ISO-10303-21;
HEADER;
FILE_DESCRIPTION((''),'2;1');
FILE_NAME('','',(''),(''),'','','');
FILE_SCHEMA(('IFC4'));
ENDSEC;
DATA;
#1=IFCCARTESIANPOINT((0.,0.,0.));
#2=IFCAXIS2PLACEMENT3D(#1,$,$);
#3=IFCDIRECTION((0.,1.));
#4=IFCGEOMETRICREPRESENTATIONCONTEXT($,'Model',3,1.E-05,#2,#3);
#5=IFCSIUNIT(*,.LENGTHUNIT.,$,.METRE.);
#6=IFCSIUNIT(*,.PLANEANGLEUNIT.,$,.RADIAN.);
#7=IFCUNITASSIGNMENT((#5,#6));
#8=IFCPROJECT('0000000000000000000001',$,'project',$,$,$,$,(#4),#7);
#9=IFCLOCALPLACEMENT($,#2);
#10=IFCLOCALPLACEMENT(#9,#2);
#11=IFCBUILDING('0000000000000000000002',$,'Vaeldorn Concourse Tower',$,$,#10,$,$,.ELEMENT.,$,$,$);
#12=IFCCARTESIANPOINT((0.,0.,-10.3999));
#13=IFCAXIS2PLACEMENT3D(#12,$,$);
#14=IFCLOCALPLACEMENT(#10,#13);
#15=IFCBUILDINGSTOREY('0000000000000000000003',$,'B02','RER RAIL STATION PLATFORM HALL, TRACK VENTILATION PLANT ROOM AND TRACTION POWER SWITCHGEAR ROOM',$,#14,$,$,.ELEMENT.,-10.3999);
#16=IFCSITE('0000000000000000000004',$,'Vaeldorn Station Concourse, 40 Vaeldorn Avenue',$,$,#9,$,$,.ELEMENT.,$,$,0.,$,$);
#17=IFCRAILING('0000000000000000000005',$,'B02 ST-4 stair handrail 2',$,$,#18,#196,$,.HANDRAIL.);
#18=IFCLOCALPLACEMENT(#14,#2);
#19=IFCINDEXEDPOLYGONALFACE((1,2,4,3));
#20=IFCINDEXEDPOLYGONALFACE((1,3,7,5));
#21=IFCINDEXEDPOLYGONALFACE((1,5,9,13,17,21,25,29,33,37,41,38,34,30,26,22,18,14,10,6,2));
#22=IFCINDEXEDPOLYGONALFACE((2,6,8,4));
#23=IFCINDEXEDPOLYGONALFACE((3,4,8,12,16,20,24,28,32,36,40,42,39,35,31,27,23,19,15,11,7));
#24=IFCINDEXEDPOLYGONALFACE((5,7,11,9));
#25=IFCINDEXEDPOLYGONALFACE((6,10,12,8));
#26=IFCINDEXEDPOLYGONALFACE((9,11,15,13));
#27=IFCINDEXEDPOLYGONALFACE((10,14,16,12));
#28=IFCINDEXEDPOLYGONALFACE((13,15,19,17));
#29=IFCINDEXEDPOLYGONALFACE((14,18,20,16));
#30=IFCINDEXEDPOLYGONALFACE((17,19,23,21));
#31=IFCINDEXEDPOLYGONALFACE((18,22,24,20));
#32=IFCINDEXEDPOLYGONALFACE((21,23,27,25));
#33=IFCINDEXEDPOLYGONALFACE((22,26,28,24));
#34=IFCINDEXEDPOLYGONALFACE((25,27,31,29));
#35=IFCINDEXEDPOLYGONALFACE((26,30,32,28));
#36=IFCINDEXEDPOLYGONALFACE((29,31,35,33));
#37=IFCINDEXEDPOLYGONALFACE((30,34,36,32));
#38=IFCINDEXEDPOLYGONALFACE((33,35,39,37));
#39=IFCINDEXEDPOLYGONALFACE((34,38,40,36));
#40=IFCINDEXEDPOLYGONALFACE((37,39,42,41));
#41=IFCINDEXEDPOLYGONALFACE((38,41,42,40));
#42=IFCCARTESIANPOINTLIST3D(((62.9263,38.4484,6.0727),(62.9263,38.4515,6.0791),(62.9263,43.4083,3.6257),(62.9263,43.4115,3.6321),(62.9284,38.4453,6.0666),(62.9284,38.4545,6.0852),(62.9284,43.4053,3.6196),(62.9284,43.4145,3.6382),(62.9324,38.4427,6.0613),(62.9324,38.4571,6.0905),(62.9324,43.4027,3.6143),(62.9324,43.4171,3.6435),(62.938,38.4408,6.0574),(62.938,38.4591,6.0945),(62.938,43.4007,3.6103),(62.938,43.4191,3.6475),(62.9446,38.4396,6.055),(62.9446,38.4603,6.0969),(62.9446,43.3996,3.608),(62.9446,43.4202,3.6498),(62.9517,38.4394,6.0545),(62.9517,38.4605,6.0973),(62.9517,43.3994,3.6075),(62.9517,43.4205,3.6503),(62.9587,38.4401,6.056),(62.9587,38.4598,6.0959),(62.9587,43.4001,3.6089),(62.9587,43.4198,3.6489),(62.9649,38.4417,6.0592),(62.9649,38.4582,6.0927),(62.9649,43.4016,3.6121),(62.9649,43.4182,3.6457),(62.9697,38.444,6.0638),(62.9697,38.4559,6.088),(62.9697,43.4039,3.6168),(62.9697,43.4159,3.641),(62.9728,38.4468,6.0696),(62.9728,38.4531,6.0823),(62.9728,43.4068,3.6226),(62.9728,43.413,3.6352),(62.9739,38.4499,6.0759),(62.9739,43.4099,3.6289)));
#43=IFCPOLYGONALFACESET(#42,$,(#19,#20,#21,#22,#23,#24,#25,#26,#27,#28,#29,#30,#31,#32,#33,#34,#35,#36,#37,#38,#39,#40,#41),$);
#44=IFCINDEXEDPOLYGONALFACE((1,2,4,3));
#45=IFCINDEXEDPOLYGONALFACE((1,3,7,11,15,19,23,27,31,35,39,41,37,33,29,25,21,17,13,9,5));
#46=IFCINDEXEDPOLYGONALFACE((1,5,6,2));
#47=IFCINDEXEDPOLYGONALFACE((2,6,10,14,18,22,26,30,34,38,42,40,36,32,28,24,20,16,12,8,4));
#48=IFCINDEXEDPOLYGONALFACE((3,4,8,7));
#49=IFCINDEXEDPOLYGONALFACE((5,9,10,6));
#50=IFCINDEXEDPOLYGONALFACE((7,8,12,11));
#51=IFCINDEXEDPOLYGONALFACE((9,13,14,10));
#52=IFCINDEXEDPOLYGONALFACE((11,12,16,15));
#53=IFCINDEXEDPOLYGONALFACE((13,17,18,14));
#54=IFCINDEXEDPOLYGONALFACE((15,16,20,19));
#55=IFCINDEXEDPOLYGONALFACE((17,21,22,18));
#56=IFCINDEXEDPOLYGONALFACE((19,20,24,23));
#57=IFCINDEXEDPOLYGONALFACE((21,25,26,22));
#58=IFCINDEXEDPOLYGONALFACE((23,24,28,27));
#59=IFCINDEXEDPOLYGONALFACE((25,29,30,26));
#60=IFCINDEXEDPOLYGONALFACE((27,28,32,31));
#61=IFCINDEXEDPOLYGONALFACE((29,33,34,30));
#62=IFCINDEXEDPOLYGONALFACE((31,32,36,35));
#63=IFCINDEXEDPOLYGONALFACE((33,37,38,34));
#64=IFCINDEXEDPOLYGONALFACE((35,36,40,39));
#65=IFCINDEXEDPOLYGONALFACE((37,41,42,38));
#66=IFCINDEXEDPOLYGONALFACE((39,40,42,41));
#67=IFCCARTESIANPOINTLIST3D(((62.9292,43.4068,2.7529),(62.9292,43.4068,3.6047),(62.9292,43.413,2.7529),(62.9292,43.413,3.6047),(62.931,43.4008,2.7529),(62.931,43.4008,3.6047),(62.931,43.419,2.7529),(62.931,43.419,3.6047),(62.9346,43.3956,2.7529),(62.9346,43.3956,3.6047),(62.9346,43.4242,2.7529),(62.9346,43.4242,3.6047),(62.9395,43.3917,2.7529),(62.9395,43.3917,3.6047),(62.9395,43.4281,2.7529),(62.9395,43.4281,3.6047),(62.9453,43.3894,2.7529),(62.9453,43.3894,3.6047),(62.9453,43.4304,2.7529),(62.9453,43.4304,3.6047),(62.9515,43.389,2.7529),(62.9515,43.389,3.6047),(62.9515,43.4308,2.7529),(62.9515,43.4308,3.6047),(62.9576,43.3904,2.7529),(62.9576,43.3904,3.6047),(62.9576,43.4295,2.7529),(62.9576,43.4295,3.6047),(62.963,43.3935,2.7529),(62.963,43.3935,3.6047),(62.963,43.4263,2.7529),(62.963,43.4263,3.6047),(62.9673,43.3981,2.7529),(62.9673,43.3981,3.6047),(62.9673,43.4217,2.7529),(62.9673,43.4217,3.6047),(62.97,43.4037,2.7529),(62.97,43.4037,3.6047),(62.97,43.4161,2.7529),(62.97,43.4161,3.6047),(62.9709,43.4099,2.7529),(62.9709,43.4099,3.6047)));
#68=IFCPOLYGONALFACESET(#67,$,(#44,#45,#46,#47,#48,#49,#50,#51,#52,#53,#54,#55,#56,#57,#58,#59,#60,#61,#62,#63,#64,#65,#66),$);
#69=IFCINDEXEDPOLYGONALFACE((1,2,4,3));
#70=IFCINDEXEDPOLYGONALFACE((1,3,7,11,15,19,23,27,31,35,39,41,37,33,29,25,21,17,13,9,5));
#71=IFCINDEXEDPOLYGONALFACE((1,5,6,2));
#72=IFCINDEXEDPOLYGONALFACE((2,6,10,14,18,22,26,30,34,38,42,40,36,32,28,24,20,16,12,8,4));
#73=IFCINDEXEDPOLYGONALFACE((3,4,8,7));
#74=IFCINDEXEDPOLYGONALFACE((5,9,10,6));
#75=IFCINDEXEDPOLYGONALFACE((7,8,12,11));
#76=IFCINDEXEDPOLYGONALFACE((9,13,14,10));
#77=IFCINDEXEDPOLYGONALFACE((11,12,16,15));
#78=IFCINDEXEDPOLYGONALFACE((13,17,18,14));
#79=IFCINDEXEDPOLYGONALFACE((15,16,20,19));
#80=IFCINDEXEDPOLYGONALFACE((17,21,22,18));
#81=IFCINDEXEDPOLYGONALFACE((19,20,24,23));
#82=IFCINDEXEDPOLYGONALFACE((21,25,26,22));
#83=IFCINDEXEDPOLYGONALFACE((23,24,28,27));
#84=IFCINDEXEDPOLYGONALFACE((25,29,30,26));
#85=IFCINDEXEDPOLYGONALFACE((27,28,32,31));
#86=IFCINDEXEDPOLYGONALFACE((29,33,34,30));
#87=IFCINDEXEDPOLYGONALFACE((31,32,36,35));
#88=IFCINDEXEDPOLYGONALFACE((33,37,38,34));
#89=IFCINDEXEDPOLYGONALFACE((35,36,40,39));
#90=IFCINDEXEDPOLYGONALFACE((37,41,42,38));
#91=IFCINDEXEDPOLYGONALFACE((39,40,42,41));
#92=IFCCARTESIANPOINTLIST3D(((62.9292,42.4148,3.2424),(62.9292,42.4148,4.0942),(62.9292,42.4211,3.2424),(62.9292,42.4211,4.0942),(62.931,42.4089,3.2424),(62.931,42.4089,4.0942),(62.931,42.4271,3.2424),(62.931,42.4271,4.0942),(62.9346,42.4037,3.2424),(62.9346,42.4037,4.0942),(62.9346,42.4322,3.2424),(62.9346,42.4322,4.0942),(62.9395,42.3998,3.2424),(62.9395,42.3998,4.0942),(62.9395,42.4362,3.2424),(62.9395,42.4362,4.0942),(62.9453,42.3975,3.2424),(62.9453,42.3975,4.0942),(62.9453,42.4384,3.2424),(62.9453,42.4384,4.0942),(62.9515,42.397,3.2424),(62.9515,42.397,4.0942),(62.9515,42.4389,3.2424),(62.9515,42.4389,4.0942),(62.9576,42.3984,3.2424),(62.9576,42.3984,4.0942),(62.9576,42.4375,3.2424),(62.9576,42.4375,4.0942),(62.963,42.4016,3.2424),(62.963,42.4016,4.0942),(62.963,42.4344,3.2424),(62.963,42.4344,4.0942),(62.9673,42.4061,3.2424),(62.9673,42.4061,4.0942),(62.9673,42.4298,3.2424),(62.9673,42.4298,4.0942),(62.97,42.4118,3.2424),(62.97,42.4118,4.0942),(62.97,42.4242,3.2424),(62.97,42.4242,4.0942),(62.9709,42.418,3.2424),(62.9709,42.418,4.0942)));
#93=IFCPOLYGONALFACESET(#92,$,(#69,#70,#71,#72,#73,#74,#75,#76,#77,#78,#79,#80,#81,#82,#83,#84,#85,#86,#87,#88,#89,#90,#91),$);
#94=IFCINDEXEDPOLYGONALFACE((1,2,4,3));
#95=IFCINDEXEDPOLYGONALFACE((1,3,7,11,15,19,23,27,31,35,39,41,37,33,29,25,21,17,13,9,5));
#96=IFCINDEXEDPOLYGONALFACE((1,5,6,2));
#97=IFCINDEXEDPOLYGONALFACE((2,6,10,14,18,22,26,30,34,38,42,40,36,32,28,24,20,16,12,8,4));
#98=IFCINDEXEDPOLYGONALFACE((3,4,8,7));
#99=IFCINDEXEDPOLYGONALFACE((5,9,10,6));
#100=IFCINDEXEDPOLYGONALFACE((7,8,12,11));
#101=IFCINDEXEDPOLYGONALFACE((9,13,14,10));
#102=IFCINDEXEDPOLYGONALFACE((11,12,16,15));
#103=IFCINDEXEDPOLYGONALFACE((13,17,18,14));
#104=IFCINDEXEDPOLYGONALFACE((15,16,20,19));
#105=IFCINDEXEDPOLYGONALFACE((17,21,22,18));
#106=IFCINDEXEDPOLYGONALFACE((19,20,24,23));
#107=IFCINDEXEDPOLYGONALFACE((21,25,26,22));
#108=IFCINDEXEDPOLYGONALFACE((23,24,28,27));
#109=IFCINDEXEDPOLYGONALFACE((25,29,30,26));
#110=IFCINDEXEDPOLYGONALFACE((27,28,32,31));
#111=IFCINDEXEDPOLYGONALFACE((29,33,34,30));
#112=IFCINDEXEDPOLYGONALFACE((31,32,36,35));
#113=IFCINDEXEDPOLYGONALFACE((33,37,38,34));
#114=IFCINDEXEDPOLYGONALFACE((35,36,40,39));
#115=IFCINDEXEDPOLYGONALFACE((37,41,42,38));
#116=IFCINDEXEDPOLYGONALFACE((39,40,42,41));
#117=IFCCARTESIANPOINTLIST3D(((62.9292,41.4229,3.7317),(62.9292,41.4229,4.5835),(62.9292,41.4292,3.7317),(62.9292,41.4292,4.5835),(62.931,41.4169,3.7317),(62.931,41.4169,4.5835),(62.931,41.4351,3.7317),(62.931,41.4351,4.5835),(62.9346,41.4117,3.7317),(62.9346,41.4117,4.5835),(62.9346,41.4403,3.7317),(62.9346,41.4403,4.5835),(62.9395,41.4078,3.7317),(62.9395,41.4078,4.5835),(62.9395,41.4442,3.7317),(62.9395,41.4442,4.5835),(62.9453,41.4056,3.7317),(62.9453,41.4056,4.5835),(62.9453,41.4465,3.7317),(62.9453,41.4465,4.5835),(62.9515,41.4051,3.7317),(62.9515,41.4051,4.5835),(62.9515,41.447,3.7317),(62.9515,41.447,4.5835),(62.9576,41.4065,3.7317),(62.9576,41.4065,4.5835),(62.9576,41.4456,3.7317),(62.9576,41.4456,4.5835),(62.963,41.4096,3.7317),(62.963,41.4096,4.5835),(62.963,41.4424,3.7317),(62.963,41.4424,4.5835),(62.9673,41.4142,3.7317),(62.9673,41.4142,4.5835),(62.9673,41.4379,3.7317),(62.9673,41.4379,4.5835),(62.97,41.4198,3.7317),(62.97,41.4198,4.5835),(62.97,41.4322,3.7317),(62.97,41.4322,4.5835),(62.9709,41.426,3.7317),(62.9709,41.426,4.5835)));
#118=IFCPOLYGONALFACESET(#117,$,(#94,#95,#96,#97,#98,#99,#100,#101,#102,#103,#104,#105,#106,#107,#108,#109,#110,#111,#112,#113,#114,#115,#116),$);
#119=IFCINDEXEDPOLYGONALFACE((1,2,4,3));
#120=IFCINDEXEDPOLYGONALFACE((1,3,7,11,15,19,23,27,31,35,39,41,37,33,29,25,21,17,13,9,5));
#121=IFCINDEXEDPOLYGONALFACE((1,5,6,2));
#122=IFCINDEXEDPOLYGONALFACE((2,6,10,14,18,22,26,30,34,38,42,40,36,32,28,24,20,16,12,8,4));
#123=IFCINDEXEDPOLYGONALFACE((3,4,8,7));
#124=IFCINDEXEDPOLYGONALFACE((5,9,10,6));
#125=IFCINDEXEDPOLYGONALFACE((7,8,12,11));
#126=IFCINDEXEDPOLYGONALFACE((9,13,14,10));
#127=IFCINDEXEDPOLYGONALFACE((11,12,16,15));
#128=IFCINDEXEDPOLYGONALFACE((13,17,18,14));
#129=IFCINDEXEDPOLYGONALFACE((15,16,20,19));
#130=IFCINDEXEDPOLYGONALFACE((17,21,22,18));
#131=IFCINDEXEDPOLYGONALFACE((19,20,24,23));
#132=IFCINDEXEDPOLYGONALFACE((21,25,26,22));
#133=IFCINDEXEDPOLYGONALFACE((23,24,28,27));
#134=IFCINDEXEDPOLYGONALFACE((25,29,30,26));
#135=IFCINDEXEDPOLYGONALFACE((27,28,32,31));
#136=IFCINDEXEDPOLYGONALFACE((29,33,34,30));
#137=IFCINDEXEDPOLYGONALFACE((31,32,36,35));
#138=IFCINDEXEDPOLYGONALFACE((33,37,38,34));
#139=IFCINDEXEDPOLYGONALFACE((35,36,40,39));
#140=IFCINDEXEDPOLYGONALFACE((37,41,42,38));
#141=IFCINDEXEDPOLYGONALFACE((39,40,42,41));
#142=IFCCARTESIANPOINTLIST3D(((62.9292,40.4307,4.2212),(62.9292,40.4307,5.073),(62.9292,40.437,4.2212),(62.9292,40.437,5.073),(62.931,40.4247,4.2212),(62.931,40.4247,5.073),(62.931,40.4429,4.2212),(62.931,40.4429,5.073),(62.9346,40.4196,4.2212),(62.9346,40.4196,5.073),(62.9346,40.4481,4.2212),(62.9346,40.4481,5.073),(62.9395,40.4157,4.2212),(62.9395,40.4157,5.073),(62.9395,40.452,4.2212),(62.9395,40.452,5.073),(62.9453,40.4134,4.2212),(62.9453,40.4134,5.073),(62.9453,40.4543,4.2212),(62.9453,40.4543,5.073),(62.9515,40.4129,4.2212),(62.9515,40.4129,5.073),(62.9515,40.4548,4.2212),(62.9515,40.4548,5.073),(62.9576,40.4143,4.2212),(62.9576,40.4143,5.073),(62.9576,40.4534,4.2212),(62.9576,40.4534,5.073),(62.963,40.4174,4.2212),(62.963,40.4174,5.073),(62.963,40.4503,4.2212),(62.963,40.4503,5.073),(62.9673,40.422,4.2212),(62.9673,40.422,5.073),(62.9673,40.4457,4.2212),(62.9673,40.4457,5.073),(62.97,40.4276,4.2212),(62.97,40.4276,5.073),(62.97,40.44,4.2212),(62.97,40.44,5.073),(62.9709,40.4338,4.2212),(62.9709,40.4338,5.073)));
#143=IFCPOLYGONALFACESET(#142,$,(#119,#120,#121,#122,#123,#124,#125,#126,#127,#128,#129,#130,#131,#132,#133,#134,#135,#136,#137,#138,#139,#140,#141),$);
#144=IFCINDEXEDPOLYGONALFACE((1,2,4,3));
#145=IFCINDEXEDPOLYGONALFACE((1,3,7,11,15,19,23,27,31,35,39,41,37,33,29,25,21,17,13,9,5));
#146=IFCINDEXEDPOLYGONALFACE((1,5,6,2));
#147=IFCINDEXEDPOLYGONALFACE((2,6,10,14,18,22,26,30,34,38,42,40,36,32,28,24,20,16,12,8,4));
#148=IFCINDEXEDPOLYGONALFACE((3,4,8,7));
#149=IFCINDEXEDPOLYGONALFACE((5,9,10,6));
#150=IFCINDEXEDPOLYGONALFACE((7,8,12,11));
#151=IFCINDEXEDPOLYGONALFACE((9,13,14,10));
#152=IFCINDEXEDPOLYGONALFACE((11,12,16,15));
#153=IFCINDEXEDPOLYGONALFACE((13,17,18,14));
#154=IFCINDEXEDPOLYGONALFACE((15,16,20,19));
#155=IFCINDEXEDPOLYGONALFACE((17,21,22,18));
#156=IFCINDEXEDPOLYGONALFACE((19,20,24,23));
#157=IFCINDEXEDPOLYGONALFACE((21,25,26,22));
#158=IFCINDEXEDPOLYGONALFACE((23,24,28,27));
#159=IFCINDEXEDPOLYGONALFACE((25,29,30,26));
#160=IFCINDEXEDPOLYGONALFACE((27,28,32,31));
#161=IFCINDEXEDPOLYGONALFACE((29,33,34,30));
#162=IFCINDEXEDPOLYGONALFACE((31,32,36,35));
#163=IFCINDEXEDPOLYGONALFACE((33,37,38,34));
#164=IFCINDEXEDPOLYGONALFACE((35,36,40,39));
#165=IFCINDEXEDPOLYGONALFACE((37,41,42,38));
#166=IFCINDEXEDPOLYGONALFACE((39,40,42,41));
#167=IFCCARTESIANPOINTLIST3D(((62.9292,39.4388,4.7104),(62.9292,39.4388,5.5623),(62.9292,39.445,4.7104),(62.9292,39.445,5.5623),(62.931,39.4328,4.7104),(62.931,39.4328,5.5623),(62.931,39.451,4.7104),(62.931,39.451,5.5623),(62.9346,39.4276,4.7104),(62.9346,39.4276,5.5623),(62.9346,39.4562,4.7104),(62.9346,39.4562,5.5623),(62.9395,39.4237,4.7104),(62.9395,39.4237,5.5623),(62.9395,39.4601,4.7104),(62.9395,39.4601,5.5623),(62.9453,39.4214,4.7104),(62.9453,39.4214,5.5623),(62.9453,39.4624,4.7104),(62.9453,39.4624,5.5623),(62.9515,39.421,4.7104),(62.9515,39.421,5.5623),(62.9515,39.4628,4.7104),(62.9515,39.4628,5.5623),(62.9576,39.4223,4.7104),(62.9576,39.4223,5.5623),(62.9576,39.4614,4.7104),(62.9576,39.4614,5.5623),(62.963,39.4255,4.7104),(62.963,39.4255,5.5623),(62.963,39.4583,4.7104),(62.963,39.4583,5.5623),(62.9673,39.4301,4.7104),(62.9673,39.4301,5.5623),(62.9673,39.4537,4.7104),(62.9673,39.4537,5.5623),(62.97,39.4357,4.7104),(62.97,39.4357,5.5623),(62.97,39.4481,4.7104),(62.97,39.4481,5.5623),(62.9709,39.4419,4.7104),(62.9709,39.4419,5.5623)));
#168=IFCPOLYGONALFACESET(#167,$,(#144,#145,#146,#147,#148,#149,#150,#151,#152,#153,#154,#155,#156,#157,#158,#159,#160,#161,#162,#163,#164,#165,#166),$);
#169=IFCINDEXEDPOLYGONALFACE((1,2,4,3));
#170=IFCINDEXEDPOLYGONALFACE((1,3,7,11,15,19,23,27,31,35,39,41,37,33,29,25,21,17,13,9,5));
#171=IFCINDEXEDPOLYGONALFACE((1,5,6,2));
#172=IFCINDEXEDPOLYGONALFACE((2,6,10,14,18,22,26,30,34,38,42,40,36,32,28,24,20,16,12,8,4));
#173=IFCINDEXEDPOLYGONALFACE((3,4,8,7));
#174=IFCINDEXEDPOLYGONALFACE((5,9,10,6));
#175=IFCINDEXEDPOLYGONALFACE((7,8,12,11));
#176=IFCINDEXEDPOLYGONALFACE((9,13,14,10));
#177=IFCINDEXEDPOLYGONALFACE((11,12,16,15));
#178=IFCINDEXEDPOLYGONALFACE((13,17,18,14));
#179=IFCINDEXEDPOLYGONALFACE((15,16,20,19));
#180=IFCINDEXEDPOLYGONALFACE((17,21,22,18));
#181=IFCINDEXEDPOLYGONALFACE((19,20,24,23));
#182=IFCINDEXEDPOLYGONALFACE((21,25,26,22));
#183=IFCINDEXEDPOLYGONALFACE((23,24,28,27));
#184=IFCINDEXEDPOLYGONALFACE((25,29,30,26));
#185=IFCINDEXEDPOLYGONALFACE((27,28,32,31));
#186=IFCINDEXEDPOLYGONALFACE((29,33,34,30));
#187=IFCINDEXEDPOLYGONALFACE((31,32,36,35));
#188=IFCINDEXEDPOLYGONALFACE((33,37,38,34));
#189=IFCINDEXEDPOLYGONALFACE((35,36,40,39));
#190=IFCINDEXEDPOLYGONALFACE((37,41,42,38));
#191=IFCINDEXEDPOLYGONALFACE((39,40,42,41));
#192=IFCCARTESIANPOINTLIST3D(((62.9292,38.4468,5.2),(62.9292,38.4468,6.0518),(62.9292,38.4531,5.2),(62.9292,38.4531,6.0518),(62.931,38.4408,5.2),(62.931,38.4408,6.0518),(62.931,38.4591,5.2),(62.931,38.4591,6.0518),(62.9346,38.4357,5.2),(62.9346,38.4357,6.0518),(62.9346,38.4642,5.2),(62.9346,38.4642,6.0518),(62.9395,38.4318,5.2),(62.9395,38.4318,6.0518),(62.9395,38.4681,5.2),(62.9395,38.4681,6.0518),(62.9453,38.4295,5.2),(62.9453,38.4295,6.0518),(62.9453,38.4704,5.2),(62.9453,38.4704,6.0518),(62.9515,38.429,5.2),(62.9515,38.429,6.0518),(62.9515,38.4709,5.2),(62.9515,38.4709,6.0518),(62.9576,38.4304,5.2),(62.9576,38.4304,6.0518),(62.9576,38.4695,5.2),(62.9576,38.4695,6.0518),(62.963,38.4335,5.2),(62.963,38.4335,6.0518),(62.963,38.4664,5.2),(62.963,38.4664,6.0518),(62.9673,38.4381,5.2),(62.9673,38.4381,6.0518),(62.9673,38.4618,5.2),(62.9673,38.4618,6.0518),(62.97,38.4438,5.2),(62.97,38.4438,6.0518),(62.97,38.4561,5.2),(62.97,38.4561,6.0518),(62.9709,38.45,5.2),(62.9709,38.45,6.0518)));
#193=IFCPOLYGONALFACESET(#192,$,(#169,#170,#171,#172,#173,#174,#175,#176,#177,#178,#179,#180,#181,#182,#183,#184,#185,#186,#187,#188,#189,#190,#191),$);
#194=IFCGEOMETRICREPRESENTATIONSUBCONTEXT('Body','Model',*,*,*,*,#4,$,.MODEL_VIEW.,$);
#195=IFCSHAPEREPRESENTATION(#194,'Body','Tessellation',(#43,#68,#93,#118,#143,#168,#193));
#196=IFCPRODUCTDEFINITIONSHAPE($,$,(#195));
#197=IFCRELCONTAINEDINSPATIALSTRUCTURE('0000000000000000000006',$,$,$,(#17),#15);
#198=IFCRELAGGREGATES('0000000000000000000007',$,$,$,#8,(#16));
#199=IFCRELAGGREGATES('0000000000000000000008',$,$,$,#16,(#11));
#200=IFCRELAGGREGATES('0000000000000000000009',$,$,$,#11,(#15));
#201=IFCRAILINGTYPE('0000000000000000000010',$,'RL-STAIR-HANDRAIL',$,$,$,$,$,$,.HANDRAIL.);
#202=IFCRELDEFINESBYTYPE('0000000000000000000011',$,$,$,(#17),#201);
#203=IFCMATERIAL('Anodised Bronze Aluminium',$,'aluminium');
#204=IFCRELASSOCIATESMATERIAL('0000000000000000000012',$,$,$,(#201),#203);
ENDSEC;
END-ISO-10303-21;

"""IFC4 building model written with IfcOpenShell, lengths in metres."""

from ifc_helpers import new_model, si_unit, direction, frame, origin, origin_2d, place, context, subcontext, project, spatial, circle, extrude, material, type_object, element, save


model = new_model("IFC4")

# Units and contexts
model_context = context("Model", 3, precision=1e-05, world=origin(), true_north=direction((0.0, 1.0)))
body_context = subcontext(model_context, "Body", "Model", "MODEL_VIEW")
ifc_project = project(units=[si_unit("LENGTHUNIT", "METRE"), si_unit("PLANEANGLEUNIT", "RADIAN")], contexts=[model_context])

# Site, building, storey
site_placement = place(None, origin())
site = spatial("IfcSite", under=ifc_project, at=site_placement, Name="Vaeldorn Station Concourse, 40 Vaeldorn Avenue", CompositionType="ELEMENT", RefElevation=0.0)
building_placement = place(site_placement, origin())
building = spatial("IfcBuilding", under=site, at=building_placement, Name="Vaeldorn Concourse Tower", CompositionType="ELEMENT")
storey_placement = place(building_placement, frame((0.0, 0.0, -10.3999)))
storey = spatial("IfcBuildingStorey", under=building, at=storey_placement, Name="B02", Description="RER RAIL STATION PLATFORM HALL, TRACK VENTILATION PLANT ROOM AND TRACTION POWER SWITCHGEAR ROOM", CompositionType="ELEMENT", Elevation=-10.3999)

# Railing
ifc_material_1 = material(Name="Anodised Bronze Aluminium", Category="aluminium")
railing_type_1 = type_object("IfcRailingType", Name="RL-STAIR-HANDRAIL", PredefinedType="HANDRAIL", material=ifc_material_1)
railing_1_placement = place(storey_placement, frame((62.95, 43.4099, 2.7529)))
element("IfcRailing", 1, at=railing_1_placement, inside=storey, type_object=railing_type_1, Name="B02 ST-4 stair handrail 2", PredefinedType="HANDRAIL", context=body_context, shape_type="SweptSolid", body=[
    extrude(circle(Radius=0.0239, at=origin_2d()), frame((0.0, 0.0, 0.876), z_axis=(0.0, -0.896798, 0.44244), x_axis=(1.0, 0.0, 0.0)), (0.0, 0.0, 1.0), 5.5308),
    extrude(circle(Radius=0.021, at=origin_2d()), origin(), (0.0, 0.0, 1.0), 0.8518),
    extrude(circle(Radius=0.021, at=origin_2d()), frame((0.0, -0.9919, 0.4895)), (0.0, 0.0, 1.0), 0.8518),
    extrude(circle(Radius=0.021, at=origin_2d()), frame((0.0, -1.9839, 0.9788)), (0.0, 0.0, 1.0), 0.8518),
    extrude(circle(Radius=0.021, at=origin_2d()), frame((0.0, -2.9761, 1.4683)), (0.0, 0.0, 1.0), 0.8518),
    extrude(circle(Radius=0.021, at=origin_2d()), frame((0.0, -3.968, 1.9575)), (0.0, 0.0, 1.0), 0.8518),
    extrude(circle(Radius=0.021, at=origin_2d()), frame((0.0, -4.96, 2.447)), (0.0, 0.0, 1.0), 0.8518),
])

save(model, "model.ifc")
